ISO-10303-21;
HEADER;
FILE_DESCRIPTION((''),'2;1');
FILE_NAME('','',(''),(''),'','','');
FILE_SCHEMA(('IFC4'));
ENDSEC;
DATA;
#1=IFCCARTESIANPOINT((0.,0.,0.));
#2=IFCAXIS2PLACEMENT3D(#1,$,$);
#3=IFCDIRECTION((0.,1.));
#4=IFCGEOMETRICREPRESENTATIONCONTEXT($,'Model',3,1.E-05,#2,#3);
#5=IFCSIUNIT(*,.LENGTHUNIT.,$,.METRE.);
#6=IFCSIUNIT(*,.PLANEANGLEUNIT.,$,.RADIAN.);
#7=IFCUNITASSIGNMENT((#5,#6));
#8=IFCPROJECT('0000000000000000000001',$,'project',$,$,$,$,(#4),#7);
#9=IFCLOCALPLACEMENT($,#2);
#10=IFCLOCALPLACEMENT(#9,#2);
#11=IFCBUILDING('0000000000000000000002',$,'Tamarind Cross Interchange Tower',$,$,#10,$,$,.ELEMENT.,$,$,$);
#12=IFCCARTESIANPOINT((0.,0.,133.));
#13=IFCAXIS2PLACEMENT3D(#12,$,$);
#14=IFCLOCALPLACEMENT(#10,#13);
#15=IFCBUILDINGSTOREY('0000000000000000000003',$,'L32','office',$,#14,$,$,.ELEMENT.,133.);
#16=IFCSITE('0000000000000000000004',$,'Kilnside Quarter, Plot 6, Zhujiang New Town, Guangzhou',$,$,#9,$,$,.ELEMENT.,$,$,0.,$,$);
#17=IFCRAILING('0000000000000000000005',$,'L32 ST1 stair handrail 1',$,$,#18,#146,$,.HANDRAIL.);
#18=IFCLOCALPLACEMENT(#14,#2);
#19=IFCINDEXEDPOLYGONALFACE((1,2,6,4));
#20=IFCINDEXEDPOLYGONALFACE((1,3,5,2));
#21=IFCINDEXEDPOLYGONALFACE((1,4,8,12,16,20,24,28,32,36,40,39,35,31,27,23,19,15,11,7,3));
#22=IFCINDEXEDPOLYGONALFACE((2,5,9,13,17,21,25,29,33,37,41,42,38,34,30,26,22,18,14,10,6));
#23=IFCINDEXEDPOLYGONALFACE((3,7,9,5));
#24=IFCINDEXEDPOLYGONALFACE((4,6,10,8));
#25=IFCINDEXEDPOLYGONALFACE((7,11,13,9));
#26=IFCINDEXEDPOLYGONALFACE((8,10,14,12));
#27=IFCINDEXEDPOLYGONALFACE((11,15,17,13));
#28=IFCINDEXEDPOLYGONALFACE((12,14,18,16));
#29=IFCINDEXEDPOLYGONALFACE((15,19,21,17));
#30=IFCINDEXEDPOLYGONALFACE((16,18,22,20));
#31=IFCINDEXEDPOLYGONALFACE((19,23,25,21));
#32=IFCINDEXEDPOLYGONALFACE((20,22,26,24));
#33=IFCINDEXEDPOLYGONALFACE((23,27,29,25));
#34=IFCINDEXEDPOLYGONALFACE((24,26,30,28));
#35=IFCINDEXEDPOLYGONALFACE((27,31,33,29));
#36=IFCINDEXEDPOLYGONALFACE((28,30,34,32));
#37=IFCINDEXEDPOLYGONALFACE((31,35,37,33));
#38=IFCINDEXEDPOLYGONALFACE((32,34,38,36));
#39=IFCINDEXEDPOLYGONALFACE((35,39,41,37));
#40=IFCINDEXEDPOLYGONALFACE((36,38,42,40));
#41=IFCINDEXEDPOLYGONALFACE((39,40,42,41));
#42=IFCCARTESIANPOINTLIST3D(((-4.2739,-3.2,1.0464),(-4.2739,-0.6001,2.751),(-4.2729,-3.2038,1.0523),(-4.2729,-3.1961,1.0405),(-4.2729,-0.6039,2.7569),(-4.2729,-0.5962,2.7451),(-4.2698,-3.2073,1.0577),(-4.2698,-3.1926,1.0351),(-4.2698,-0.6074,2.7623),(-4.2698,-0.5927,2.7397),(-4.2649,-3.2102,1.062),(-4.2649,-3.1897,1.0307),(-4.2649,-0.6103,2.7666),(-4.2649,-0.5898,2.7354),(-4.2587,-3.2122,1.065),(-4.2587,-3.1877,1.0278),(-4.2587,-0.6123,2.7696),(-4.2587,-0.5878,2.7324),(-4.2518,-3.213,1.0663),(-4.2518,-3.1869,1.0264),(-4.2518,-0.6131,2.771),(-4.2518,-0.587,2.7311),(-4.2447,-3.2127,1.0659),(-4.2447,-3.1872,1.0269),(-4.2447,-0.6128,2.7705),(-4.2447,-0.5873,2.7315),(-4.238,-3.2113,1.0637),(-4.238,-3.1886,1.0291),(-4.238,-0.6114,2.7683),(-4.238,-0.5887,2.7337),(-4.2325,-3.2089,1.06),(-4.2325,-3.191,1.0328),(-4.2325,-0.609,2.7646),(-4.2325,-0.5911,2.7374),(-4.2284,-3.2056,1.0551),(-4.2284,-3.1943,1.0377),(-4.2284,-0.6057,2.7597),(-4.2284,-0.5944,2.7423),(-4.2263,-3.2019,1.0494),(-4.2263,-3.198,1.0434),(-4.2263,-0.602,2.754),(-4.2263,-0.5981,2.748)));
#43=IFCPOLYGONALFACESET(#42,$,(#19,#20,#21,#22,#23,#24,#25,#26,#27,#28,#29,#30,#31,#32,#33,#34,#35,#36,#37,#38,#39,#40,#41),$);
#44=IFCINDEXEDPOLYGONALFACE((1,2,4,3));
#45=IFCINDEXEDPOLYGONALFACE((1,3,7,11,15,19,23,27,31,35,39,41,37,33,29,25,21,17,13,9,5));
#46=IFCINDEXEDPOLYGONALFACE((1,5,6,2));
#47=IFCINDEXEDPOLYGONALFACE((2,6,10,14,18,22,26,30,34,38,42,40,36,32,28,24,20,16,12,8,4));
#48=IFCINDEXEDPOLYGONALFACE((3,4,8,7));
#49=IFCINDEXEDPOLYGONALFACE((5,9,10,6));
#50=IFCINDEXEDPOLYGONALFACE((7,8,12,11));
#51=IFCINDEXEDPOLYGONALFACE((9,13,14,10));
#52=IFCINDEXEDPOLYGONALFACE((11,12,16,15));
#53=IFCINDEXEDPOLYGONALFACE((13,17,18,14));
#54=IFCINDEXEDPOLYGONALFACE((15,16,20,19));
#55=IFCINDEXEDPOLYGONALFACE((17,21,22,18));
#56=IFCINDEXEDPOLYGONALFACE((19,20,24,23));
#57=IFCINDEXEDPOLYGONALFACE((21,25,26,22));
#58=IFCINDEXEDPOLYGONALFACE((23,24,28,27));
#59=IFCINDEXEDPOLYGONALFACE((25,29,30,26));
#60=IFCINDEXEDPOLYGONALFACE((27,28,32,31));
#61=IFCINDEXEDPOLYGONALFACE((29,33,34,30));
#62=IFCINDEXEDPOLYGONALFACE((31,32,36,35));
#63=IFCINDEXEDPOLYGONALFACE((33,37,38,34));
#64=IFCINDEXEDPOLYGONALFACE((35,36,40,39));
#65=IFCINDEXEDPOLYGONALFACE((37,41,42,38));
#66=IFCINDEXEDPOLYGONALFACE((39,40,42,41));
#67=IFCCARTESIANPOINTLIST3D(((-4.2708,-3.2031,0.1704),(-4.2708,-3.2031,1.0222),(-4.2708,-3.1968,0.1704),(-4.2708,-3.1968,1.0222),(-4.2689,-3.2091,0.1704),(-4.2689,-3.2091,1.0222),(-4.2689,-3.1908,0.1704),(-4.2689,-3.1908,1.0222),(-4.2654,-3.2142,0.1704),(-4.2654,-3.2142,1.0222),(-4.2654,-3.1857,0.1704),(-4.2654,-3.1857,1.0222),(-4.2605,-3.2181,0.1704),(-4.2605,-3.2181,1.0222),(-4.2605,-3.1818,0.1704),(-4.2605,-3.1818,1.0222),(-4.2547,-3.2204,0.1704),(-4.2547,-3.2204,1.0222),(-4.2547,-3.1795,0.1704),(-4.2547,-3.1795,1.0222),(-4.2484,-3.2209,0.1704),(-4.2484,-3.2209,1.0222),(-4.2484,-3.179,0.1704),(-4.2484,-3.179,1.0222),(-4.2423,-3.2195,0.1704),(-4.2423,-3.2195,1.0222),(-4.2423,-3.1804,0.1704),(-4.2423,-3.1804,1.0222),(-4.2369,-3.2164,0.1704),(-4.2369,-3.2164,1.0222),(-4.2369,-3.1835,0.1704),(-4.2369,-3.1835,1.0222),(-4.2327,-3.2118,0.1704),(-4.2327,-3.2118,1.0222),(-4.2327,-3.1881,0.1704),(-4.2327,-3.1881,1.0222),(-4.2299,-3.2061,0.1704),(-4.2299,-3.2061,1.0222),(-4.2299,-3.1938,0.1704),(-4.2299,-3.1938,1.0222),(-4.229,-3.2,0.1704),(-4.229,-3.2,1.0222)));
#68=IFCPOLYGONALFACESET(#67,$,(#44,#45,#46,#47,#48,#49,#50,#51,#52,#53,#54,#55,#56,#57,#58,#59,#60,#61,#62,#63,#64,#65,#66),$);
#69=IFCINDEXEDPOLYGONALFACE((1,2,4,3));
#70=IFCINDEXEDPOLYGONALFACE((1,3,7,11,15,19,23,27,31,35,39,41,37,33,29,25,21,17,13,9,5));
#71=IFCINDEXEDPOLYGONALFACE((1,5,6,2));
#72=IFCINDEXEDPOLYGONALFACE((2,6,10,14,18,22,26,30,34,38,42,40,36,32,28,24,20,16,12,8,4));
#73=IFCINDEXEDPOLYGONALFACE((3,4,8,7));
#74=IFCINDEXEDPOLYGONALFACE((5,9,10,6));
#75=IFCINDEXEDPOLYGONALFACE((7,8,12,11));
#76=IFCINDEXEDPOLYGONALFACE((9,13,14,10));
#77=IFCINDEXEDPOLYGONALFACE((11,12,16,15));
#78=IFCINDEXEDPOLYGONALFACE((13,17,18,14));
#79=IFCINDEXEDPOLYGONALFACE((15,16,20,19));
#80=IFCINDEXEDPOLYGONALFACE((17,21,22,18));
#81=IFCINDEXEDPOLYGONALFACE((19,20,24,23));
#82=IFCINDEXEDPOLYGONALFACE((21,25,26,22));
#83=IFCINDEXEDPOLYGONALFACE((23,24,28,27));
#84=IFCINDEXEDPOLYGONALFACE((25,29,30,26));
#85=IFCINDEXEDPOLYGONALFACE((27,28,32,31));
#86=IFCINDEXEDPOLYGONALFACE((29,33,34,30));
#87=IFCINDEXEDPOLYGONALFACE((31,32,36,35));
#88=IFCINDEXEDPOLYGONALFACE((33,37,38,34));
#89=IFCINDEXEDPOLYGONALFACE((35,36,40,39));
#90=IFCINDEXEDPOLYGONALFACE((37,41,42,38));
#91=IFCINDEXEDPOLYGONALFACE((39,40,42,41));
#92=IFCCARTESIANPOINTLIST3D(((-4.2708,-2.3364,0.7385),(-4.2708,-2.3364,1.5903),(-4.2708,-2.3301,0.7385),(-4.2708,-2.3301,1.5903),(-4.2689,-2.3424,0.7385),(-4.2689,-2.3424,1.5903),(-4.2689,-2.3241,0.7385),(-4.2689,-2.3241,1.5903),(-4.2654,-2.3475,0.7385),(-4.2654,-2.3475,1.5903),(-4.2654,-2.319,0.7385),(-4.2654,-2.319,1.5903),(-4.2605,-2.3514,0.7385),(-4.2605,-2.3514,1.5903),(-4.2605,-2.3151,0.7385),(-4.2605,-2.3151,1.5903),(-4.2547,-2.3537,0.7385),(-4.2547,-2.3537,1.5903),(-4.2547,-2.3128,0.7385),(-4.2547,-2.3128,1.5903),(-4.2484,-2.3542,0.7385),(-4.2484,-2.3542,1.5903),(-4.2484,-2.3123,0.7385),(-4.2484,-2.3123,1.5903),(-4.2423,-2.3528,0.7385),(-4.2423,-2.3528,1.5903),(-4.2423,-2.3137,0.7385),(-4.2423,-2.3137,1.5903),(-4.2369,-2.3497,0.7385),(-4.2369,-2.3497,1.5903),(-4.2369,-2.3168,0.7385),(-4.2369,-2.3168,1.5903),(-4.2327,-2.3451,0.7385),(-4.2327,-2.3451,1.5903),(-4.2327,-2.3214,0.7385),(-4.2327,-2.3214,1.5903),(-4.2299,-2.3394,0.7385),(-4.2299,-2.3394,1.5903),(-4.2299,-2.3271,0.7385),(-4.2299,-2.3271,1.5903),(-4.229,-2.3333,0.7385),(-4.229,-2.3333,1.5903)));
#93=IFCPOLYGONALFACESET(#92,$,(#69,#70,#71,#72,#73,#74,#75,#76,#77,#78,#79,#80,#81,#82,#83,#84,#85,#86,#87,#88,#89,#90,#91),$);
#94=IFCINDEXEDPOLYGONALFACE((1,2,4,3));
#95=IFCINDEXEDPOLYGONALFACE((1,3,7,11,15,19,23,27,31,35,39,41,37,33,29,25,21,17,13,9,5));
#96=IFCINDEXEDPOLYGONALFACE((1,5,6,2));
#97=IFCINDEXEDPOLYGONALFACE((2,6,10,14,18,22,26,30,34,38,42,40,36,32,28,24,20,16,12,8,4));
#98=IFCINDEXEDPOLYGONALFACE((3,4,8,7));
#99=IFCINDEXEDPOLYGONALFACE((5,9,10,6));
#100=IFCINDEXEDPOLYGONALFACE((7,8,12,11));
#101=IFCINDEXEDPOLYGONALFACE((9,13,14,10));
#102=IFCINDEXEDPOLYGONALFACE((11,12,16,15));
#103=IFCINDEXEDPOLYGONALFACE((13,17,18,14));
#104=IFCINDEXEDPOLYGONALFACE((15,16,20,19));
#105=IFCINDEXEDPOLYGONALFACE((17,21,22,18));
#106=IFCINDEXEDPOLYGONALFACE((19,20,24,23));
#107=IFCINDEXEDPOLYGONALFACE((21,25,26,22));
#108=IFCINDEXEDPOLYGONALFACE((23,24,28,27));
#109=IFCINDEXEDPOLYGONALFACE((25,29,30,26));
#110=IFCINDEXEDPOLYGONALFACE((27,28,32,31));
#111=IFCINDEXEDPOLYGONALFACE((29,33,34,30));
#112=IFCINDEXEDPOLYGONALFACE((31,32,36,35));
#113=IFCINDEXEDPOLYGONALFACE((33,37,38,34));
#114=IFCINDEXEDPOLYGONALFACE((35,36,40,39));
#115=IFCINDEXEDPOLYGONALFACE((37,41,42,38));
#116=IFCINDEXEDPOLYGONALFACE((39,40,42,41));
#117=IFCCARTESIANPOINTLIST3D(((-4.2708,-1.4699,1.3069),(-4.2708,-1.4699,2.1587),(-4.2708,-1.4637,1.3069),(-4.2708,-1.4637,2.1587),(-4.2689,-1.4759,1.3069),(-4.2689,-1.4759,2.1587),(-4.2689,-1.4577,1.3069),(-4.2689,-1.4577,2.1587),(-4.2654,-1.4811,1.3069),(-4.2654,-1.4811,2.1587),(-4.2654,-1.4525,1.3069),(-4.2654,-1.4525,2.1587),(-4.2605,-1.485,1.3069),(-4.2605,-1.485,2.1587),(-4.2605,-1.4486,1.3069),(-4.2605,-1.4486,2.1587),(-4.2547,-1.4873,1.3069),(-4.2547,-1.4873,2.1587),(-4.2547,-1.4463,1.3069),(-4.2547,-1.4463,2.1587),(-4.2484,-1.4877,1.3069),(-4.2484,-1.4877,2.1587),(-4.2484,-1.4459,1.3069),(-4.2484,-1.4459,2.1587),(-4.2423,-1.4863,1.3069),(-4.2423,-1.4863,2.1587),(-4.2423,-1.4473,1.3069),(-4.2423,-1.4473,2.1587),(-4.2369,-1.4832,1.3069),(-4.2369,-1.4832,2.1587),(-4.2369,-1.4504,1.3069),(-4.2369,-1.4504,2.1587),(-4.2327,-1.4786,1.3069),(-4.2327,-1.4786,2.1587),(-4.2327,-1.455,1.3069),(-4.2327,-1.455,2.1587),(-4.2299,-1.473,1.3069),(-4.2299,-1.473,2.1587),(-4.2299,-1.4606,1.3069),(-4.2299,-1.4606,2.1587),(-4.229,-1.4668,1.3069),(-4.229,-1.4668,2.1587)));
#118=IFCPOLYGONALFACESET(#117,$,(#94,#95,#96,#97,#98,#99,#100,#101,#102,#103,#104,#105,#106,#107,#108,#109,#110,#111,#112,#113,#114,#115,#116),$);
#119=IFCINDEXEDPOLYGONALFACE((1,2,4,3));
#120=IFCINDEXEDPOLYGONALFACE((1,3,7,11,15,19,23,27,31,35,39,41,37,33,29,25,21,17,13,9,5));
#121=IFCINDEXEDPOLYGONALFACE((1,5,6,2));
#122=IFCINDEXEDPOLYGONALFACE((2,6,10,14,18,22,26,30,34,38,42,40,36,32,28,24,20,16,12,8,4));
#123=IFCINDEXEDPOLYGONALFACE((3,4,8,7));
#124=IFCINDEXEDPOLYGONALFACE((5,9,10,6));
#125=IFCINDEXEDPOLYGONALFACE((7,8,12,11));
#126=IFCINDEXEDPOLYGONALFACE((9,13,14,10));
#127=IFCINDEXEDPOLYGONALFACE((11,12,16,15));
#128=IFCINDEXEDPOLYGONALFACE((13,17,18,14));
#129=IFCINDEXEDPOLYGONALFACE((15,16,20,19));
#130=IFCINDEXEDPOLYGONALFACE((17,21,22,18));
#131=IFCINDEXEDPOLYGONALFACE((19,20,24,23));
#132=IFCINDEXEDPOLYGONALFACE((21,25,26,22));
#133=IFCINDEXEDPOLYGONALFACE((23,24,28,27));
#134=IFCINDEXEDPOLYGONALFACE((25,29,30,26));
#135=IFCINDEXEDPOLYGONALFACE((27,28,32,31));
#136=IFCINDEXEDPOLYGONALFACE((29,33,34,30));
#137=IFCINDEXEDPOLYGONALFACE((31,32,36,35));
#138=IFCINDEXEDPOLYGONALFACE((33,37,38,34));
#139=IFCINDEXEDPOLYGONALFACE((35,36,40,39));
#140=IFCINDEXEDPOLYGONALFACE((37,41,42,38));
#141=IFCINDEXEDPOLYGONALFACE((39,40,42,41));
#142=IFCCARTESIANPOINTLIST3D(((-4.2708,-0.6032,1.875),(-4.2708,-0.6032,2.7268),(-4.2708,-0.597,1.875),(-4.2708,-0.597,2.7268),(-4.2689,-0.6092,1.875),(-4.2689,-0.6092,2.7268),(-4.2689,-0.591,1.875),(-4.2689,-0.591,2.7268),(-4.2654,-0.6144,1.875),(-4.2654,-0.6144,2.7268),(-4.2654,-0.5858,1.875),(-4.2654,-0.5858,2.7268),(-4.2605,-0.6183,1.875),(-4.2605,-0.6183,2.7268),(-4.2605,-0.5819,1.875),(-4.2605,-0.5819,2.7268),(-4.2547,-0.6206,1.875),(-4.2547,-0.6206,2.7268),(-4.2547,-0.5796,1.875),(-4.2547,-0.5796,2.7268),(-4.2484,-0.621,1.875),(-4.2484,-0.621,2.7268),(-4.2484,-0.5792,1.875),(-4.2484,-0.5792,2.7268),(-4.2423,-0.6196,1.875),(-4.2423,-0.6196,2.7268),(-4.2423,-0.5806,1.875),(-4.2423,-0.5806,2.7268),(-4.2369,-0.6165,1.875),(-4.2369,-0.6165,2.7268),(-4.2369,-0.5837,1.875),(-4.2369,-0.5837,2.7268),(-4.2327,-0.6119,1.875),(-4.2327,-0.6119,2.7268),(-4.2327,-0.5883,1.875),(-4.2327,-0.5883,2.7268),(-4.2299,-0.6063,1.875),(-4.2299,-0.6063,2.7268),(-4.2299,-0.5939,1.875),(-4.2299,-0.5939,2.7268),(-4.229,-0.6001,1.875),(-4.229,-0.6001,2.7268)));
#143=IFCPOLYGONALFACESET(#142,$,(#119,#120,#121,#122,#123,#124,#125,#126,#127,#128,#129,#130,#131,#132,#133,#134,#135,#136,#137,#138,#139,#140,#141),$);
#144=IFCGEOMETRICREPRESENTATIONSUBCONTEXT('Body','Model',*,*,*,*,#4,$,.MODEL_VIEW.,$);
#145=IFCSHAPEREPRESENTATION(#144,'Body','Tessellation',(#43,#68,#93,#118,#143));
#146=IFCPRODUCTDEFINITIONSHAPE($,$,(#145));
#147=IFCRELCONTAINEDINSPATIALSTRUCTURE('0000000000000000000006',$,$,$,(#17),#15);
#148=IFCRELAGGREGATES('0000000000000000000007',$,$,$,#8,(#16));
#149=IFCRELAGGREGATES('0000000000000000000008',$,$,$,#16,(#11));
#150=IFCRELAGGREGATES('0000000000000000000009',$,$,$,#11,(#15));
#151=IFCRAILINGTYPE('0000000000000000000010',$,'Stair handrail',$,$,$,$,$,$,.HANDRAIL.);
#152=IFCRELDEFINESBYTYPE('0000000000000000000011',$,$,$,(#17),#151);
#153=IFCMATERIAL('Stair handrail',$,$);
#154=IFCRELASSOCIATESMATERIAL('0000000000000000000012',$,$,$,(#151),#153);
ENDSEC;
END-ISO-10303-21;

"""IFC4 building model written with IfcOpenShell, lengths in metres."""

from ifc_helpers import new_model, si_unit, direction, frame, origin, origin_2d, place, context, subcontext, project, spatial, circle, extrude, material, type_object, element, save


model = new_model("IFC4")

# Units and contexts
model_context = context("Model", 3, precision=1e-05, world=origin(), true_north=direction((0.0, 1.0)))
body_context = subcontext(model_context, "Body", "Model", "MODEL_VIEW")
ifc_project = project(units=[si_unit("LENGTHUNIT", "METRE"), si_unit("PLANEANGLEUNIT", "RADIAN")], contexts=[model_context])

# Site, building, storey
site_placement = place(None, origin())
site = spatial("IfcSite", under=ifc_project, at=site_placement, Name="Kilnside Quarter, Plot 6, Zhujiang New Town, Guangzhou", CompositionType="ELEMENT", RefElevation=0.0)
building_placement = place(site_placement, origin())
building = spatial("IfcBuilding", under=site, at=building_placement, Name="Tamarind Cross Interchange Tower", CompositionType="ELEMENT")
storey_placement = place(building_placement, frame((0.0, 0.0, 133.0)))
storey = spatial("IfcBuildingStorey", under=building, at=storey_placement, Name="L32", Description="office", CompositionType="ELEMENT", Elevation=133.0)

# Railing
ifc_material_1 = material(Name="Stair handrail")
railing_type_1 = type_object("IfcRailingType", Name="Stair handrail", PredefinedType="HANDRAIL", material=ifc_material_1)
railing_1_placement = place(storey_placement, frame((-4.25, -3.2, 0.1704)))
element("IfcRailing", 1, at=railing_1_placement, inside=storey, type_object=railing_type_1, Name="L32 ST1 stair handrail 1", PredefinedType="HANDRAIL", context=body_context, shape_type="SweptSolid", body=[
    extrude(circle(Radius=0.0239, at=origin_2d()), frame((0.0, 0.0, 0.876), z_axis=(0.0, 0.836279, 0.548305), x_axis=(-1.0, 0.0, 0.0)), (0.0, 0.0, 1.0), 3.1089),
    extrude(circle(Radius=0.021, at=origin_2d()), origin(), (0.0, 0.0, 1.0), 0.8518),
    extrude(circle(Radius=0.021, at=origin_2d()), frame((0.0, 0.8667, 0.5681)), (0.0, 0.0, 1.0), 0.8518),
    extrude(circle(Radius=0.021, at=origin_2d()), frame((0.0, 1.7332, 1.1365)), (0.0, 0.0, 1.0), 0.8518),
    extrude(circle(Radius=0.021, at=origin_2d()), frame((0.0, 2.5999, 1.7046)), (0.0, 0.0, 1.0), 0.8518),
])

save(model, "model.ifc")
